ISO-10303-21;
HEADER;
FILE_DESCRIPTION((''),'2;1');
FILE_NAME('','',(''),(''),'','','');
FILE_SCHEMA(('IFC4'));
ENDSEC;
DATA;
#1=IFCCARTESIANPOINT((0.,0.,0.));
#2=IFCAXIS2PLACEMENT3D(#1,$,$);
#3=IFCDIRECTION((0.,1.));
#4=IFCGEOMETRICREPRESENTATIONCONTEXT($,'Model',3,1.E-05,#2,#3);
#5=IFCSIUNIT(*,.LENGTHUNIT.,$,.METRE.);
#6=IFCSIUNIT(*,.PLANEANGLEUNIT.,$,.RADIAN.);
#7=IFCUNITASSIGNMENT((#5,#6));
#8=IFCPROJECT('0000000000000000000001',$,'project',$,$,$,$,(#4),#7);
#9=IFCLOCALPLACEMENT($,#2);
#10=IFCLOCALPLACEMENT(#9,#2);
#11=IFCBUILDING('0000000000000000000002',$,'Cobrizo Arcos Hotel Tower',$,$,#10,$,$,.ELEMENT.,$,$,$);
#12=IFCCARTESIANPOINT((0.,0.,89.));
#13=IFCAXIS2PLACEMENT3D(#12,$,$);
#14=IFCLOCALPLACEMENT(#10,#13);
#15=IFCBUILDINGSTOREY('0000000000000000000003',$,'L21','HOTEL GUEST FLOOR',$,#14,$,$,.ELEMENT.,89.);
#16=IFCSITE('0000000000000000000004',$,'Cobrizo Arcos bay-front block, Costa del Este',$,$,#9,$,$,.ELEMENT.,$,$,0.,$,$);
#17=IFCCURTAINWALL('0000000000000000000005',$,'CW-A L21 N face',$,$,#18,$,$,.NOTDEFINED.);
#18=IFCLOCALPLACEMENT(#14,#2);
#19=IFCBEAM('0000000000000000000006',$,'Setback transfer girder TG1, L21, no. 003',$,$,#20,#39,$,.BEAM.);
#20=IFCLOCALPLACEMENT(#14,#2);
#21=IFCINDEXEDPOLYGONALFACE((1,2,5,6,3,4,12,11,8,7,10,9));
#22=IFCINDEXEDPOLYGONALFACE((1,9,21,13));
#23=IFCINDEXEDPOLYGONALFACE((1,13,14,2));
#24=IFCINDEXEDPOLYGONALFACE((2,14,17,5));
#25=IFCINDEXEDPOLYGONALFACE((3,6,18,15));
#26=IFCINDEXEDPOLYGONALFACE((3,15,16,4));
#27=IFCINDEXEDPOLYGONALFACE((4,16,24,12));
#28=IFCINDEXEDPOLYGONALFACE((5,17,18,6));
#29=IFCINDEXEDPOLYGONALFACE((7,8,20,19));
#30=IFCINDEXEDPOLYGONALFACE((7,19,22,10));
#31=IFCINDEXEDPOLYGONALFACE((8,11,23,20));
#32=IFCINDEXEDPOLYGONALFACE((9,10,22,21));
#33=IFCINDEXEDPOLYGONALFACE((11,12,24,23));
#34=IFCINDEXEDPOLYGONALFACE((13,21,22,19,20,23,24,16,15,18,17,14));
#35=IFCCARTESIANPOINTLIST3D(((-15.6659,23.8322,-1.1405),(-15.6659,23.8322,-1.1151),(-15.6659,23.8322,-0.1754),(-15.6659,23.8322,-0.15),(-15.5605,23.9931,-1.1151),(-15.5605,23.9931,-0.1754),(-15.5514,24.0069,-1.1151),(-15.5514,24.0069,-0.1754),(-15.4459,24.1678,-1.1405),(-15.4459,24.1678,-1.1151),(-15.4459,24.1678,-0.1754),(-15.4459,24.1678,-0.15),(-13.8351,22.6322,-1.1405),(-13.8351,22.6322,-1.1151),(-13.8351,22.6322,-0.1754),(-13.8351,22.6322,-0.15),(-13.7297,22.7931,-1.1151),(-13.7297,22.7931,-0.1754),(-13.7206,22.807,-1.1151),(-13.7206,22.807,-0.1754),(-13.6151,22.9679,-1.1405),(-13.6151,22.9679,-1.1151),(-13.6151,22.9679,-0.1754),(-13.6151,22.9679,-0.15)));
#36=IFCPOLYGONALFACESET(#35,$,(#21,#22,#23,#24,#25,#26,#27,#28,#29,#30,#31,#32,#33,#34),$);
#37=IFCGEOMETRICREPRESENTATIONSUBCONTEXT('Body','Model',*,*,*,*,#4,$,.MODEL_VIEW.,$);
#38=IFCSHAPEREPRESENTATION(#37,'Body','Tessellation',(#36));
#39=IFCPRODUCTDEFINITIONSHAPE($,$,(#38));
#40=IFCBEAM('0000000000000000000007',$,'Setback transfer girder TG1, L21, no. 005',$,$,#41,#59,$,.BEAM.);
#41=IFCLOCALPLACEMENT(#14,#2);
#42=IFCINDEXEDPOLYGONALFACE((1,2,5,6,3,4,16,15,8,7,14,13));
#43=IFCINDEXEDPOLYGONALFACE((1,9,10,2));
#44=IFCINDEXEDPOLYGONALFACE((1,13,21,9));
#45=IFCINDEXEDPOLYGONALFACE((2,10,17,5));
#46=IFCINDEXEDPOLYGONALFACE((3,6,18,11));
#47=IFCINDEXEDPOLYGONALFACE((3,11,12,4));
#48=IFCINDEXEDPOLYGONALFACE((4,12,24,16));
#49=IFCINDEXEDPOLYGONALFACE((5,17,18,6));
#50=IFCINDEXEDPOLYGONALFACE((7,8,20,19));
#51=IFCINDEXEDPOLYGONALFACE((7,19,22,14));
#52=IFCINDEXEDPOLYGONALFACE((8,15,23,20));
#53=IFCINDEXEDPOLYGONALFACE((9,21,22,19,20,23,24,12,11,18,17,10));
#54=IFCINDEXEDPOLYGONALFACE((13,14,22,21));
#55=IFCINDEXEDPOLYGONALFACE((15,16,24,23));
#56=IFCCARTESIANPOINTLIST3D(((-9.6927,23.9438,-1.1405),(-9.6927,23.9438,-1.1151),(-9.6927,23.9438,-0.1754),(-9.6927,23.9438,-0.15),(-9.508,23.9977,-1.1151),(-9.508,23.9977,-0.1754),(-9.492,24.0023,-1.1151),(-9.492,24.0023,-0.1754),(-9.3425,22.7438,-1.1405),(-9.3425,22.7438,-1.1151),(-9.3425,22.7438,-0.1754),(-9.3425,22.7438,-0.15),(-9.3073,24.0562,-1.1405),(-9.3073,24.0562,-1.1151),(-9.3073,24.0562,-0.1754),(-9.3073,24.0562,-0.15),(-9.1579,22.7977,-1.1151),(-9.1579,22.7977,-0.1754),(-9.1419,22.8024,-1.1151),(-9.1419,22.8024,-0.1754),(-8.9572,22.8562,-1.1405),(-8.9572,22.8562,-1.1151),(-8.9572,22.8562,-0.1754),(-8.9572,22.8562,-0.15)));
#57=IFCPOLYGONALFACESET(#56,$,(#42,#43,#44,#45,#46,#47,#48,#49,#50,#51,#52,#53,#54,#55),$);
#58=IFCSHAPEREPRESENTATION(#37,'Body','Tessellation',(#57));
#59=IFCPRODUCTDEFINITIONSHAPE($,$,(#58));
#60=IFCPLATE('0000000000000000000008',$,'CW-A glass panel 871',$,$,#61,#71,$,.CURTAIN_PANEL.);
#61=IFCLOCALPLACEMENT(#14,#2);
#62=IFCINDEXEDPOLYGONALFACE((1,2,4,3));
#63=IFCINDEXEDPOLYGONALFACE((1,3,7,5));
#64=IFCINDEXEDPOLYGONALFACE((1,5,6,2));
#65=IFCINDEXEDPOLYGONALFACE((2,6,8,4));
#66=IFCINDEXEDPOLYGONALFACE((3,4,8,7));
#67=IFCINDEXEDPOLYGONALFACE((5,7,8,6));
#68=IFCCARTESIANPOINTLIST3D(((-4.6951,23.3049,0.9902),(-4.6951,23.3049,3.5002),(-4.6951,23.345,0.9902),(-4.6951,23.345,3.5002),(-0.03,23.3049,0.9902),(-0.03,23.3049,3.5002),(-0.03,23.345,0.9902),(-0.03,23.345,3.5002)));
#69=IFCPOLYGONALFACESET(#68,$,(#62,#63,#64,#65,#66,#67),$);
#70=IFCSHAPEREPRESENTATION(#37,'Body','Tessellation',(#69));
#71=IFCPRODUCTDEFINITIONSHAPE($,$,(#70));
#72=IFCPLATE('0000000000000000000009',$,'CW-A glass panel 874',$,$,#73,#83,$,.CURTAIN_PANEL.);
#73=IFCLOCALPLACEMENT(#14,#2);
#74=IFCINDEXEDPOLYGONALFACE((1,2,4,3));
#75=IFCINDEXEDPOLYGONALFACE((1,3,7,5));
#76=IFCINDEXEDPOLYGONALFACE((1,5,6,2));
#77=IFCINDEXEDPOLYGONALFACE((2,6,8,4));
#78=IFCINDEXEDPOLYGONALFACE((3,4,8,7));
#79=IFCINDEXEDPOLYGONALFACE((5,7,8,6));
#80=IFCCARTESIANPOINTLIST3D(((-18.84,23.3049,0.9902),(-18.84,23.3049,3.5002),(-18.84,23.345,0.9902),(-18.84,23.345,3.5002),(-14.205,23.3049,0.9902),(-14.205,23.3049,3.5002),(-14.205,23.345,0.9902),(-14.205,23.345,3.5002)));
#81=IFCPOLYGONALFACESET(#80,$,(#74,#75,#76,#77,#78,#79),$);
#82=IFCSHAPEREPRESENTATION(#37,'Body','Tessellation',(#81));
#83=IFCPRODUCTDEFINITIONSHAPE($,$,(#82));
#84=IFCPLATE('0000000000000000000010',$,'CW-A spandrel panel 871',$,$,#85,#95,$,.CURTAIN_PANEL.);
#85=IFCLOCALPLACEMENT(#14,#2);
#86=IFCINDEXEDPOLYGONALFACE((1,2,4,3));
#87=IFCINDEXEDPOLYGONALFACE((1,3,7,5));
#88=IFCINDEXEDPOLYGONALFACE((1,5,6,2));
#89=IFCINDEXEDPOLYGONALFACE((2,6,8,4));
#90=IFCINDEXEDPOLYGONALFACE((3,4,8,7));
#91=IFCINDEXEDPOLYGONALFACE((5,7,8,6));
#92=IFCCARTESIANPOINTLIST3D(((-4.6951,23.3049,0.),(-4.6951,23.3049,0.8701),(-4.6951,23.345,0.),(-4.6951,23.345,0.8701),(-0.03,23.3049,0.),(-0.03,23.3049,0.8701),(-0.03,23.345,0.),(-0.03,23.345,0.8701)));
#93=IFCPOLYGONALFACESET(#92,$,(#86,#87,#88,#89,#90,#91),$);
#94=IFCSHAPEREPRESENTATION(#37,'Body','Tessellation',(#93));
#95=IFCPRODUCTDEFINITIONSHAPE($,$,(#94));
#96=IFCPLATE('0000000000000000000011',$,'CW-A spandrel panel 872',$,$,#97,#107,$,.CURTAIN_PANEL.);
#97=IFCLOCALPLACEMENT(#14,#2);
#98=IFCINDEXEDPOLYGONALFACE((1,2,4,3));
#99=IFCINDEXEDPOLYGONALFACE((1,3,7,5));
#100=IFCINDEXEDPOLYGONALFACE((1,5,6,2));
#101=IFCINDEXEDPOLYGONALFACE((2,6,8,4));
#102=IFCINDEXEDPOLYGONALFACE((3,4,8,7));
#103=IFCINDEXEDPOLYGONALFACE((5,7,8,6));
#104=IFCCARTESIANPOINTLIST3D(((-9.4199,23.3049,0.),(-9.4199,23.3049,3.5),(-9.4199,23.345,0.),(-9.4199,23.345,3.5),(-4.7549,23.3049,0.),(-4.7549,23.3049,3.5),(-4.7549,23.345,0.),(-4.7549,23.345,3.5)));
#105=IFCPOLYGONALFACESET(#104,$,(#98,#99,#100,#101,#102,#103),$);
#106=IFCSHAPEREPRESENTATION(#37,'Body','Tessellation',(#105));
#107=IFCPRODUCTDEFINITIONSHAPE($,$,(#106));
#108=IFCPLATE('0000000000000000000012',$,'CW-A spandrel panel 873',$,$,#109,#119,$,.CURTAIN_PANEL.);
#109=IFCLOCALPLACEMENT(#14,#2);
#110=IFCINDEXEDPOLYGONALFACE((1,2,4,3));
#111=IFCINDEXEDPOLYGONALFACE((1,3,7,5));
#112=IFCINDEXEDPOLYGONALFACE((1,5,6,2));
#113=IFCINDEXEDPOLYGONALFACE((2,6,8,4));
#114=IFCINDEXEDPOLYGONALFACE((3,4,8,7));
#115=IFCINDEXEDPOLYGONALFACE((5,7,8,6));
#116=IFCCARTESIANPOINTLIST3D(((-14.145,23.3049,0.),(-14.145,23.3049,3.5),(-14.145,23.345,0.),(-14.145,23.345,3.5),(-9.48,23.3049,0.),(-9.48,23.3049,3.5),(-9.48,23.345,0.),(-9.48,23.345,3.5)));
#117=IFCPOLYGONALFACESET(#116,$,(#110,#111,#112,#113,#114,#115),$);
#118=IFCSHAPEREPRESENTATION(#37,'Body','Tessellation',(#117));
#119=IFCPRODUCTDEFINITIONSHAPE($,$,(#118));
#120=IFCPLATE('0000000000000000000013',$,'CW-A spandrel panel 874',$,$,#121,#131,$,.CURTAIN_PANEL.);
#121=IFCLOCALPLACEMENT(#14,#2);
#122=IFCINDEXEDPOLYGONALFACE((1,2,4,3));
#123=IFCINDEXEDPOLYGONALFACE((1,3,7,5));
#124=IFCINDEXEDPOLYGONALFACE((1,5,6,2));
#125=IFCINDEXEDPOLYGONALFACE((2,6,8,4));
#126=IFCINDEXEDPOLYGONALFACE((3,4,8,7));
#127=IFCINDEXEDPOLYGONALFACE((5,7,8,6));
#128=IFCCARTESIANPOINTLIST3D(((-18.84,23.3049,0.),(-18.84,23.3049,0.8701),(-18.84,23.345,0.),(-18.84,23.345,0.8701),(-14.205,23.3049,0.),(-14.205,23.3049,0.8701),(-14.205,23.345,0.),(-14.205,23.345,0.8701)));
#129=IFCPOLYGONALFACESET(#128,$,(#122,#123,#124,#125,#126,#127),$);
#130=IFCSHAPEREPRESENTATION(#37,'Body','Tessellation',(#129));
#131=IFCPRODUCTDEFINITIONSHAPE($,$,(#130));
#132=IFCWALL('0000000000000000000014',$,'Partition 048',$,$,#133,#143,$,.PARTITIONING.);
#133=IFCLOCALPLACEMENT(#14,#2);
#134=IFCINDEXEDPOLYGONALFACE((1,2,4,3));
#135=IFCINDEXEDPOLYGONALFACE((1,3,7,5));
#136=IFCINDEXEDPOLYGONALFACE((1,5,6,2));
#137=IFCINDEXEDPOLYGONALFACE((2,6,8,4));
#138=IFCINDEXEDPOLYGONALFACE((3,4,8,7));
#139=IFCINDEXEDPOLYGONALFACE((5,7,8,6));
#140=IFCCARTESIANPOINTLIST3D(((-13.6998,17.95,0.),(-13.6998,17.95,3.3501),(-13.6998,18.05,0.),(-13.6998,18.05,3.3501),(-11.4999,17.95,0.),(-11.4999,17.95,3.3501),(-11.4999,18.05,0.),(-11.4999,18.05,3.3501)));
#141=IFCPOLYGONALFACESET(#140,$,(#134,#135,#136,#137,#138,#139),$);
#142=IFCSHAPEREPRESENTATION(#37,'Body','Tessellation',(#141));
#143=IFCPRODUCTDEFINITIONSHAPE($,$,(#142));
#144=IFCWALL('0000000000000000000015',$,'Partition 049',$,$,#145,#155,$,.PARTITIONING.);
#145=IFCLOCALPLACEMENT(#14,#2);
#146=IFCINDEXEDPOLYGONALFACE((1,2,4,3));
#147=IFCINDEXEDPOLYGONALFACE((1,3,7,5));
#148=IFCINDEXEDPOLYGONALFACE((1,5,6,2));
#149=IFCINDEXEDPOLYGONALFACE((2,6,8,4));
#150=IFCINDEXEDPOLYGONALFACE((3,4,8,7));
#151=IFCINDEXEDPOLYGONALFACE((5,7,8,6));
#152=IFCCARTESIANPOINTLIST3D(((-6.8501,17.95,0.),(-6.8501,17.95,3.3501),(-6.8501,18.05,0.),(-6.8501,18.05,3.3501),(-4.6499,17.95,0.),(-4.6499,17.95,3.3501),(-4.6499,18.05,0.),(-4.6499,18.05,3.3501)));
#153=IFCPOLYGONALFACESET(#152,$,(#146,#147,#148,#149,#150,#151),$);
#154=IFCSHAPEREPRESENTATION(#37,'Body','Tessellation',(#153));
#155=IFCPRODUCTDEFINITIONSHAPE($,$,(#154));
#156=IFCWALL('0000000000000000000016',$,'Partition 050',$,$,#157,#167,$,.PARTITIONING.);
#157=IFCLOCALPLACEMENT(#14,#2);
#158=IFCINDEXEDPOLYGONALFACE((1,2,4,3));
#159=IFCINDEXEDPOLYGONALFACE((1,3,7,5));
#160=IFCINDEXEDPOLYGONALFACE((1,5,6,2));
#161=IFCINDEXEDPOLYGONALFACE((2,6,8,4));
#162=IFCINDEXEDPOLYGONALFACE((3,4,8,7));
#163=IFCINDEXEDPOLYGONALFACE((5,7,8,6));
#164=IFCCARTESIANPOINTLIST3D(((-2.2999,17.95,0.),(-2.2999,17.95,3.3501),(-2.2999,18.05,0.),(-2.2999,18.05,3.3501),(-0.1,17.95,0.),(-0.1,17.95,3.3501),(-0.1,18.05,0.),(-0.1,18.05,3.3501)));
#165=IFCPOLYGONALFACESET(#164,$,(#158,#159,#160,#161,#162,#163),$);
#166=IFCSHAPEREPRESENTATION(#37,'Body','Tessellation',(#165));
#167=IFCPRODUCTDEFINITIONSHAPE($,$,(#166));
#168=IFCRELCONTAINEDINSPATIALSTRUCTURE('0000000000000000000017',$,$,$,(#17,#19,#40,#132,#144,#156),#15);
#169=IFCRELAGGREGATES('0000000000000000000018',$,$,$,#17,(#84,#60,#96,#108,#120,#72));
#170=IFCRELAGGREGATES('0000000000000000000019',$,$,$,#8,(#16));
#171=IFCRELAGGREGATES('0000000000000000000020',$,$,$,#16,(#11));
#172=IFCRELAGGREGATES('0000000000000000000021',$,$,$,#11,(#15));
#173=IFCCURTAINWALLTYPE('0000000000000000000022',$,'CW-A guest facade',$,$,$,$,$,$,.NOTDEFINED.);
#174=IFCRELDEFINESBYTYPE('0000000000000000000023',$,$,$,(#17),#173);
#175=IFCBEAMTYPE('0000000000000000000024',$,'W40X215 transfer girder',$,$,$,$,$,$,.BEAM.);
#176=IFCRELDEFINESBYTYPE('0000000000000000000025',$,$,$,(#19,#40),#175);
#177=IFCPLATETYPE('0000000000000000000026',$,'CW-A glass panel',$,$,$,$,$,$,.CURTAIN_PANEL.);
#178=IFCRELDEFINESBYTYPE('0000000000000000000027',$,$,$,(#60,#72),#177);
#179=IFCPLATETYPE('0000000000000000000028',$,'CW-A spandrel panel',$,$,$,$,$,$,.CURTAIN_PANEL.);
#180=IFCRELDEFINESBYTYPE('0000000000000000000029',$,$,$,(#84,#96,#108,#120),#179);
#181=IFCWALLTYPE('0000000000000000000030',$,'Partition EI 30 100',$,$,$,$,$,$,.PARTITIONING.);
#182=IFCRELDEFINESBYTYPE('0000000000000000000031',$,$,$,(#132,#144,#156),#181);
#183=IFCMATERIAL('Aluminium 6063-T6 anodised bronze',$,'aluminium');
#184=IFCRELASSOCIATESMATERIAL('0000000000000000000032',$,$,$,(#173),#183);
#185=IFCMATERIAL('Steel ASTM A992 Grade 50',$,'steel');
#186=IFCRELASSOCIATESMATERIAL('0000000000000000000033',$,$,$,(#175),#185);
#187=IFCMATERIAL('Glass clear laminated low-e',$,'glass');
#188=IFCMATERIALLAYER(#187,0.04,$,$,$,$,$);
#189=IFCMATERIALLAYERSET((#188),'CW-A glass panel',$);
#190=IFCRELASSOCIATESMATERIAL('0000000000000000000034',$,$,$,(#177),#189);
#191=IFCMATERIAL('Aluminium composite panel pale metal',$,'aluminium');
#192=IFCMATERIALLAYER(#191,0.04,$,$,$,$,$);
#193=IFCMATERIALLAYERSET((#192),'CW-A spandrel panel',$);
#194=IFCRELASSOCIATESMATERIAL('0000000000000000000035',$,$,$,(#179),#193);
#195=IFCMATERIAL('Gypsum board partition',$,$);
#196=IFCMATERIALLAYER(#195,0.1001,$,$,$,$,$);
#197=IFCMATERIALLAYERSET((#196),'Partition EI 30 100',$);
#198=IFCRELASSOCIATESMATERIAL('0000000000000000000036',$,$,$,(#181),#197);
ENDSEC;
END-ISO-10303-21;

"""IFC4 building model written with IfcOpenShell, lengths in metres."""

from ifc_helpers import new_model, si_unit, direction, frame, frame_2d, origin, origin_2d, place, context, subcontext, project, spatial, rectangle, i_section, extrude, material, layer, layer_set, material_profile, profile_set, type_object, element, aggregate, save


model = new_model("IFC4")

# Units and contexts
model_context = context("Model", 3, precision=1e-05, world=origin(), true_north=direction((0.0, 1.0)))
body_context = subcontext(model_context, "Body", "Model", "MODEL_VIEW")
ifc_project = project(units=[si_unit("LENGTHUNIT", "METRE"), si_unit("PLANEANGLEUNIT", "RADIAN")], contexts=[model_context])

# Site, building, storey
site_placement = place(None, origin())
site = spatial("IfcSite", under=ifc_project, at=site_placement, Name="Cobrizo Arcos bay-front block, Costa del Este", CompositionType="ELEMENT", RefElevation=0.0)
building_placement = place(site_placement, origin())
building = spatial("IfcBuilding", under=site, at=building_placement, Name="Cobrizo Arcos Hotel Tower", CompositionType="ELEMENT")
storey_placement = place(building_placement, frame((0.0, 0.0, 89.0)))
storey = spatial("IfcBuildingStorey", under=building, at=storey_placement, Name="L21", Description="HOTEL GUEST FLOOR", CompositionType="ELEMENT", Elevation=89.0)

# Curtain wall
ifc_material_1 = material(Name="Aluminium 6063-T6 anodised bronze", Category="aluminium")
curtain_wall_type = type_object("IfcCurtainWallType", Name="CW-A guest facade", PredefinedType="NOTDEFINED", material=ifc_material_1)
curtain_wall_placement = place(storey_placement, origin())
curtain_wall = element("IfcCurtainWall", 1, at=curtain_wall_placement, inside=storey, type_object=curtain_wall_type, Name="CW-A L21 N face", PredefinedType="NOTDEFINED")

# Beams
ifc_material_2 = material(Name="Steel ASTM A992 Grade 50", Category="steel")
ifc_material_profile_1 = material_profile(ifc_material_2, i_section(OverallWidth=0.4014, OverallDepth=0.9905, WebThickness=0.0166, FlangeThickness=0.0254, at=origin_2d()), Name="W40X215")
ifc_profile_set_1 = profile_set([ifc_material_profile_1], Name="Steel ASTM A992 Grade 50")
beam_type_1 = type_object("IfcBeamType", Name="W40X215 transfer girder", PredefinedType="BEAM", material=ifc_profile_set_1)
beam_1_placement = place(storey_placement, frame((-15.5559, 24.0, -0.6453), z_axis=(0.836366, -0.548172, 0.0), x_axis=(0.548172, 0.836366, 0.0)))
element("IfcBeam", 2, at=beam_1_placement, inside=storey, type_object=beam_type_1, Name="Setback transfer girder TG1, L21, no. 003", PredefinedType="BEAM", context=body_context, shape_type="SweptSolid", body=[
    extrude(i_section(OverallWidth=0.4014, OverallDepth=0.9905, WebThickness=0.0166, FlangeThickness=0.0254, at=origin_2d()), origin(), (0.0, 0.0, 1.0), 2.189),
])
beam_2_placement = place(storey_placement, frame((-9.5, 24.0, -0.6453), z_axis=(0.280083, -0.959976, 0.0), x_axis=(0.959976, 0.280083, 0.0)))
element("IfcBeam", 3, at=beam_2_placement, inside=storey, type_object=beam_type_1, Name="Setback transfer girder TG1, L21, no. 005", PredefinedType="BEAM", context=body_context, shape_type="SweptSolid", body=[
    extrude(i_section(OverallWidth=0.4014, OverallDepth=0.9905, WebThickness=0.0166, FlangeThickness=0.0254, at=origin_2d()), origin(), (0.0, 0.0, 1.0), 1.25),
])

# Plates
ifc_material_3 = material(Name="Glass clear laminated low-e", Category="glass")
ifc_layer_1 = layer(ifc_material_3, 0.04)
ifc_layer_set_1 = layer_set([ifc_layer_1], Name="CW-A glass panel")
plate_type_1 = type_object("IfcPlateType", Name="CW-A glass panel", PredefinedType="CURTAIN_PANEL", material=ifc_layer_set_1)
plate_1_placement = place(storey_placement, frame((-2.3625, 23.325, 0.9902), z_axis=(0.0, 0.0, 1.0), x_axis=(-1.0, 0.0, 0.0)))
plate_1 = element("IfcPlate", 4, at=plate_1_placement, type_object=plate_type_1, Name="CW-A glass panel 871", PredefinedType="CURTAIN_PANEL", context=body_context, shape_type="SweptSolid", body=[
    extrude(rectangle(XDim=4.665, YDim=0.04, at=origin_2d()), origin(), (0.0, 0.0, 1.0), 2.51),
])
plate_2_placement = place(storey_placement, frame((-16.5225, 23.325, 0.9902), z_axis=(0.0, 0.0, 1.0), x_axis=(-1.0, 0.0, 0.0)))
plate_2 = element("IfcPlate", 5, at=plate_2_placement, type_object=plate_type_1, Name="CW-A glass panel 874", PredefinedType="CURTAIN_PANEL", context=body_context, shape_type="SweptSolid", body=[
    extrude(rectangle(XDim=4.635, YDim=0.04, at=origin_2d()), origin(), (0.0, 0.0, 1.0), 2.51),
])
ifc_material_4 = material(Name="Aluminium composite panel pale metal", Category="aluminium")
ifc_layer_2 = layer(ifc_material_4, 0.04)
ifc_layer_set_2 = layer_set([ifc_layer_2], Name="CW-A spandrel panel")
plate_type_2 = type_object("IfcPlateType", Name="CW-A spandrel panel", PredefinedType="CURTAIN_PANEL", material=ifc_layer_set_2)
plate_3_placement = place(storey_placement, frame((-2.3625, 23.325, 0.0), z_axis=(0.0, 0.0, 1.0), x_axis=(-1.0, 0.0, 0.0)))
plate_3 = element("IfcPlate", 6, at=plate_3_placement, type_object=plate_type_2, Name="CW-A spandrel panel 871", PredefinedType="CURTAIN_PANEL", context=body_context, shape_type="SweptSolid", body=[
    extrude(rectangle(XDim=4.665, YDim=0.04, at=origin_2d()), origin(), (0.0, 0.0, 1.0), 0.8701),
])
plate_4_placement = place(storey_placement, frame((-7.0874, 23.325, 0.0), z_axis=(0.0, 0.0, 1.0), x_axis=(-1.0, 0.0, 0.0)))
plate_4 = element("IfcPlate", 7, at=plate_4_placement, type_object=plate_type_2, Name="CW-A spandrel panel 872", PredefinedType="CURTAIN_PANEL", context=body_context, shape_type="SweptSolid", body=[
    extrude(rectangle(XDim=4.665, YDim=0.04, at=origin_2d()), origin(), (0.0, 0.0, 1.0), 3.5),
])
plate_5_placement = place(storey_placement, frame((-11.8125, 23.325, 0.0), z_axis=(0.0, 0.0, 1.0), x_axis=(-1.0, 0.0, 0.0)))
plate_5 = element("IfcPlate", 8, at=plate_5_placement, type_object=plate_type_2, Name="CW-A spandrel panel 873", PredefinedType="CURTAIN_PANEL", context=body_context, shape_type="SweptSolid", body=[
    extrude(rectangle(XDim=4.665, YDim=0.04, at=origin_2d()), origin(), (0.0, 0.0, 1.0), 3.5),
])
plate_6_placement = place(storey_placement, frame((-16.5225, 23.325, 0.0), z_axis=(0.0, 0.0, 1.0), x_axis=(-1.0, 0.0, 0.0)))
plate_6 = element("IfcPlate", 9, at=plate_6_placement, type_object=plate_type_2, Name="CW-A spandrel panel 874", PredefinedType="CURTAIN_PANEL", context=body_context, shape_type="SweptSolid", body=[
    extrude(rectangle(XDim=4.635, YDim=0.04, at=origin_2d()), origin(), (0.0, 0.0, 1.0), 0.8701),
])
aggregate(curtain_wall, [plate_3, plate_1, plate_4, plate_5, plate_6, plate_2])

# Walls
ifc_material_5 = material(Name="Gypsum board partition")
ifc_layer_3 = layer(ifc_material_5, 0.1001)
ifc_layer_set_3 = layer_set([ifc_layer_3], Name="Partition EI 30 100")
wall_type = type_object("IfcWallType", Name="Partition EI 30 100", PredefinedType="PARTITIONING", material=ifc_layer_set_3)
wall_1_placement = place(storey_placement, frame((-13.7, 18.0, 0.0), z_axis=(0.0, 0.0, 1.0), x_axis=(1.0, 0.0, 0.0)))
element("IfcWall", 10, at=wall_1_placement, inside=storey, type_object=wall_type, Name="Partition 048", PredefinedType="PARTITIONING", context=body_context, shape_type="SweptSolid", body=[
    extrude(rectangle(XDim=2.2, YDim=0.1001, at=frame_2d((1.1001, 0.0))), origin(), (0.0, 0.0, 1.0), 3.3501),
])
wall_2_placement = place(storey_placement, frame((-6.8501, 18.0, 0.0), z_axis=(0.0, 0.0, 1.0), x_axis=(1.0, 0.0, 0.0)))
element("IfcWall", 11, at=wall_2_placement, inside=storey, type_object=wall_type, Name="Partition 049", PredefinedType="PARTITIONING", context=body_context, shape_type="SweptSolid", body=[
    extrude(rectangle(XDim=2.2002, YDim=0.1001, at=frame_2d((1.1001, 0.0))), origin(), (0.0, 0.0, 1.0), 3.3501),
])
wall_3_placement = place(storey_placement, frame((-2.3, 18.0, 0.0), z_axis=(0.0, 0.0, 1.0), x_axis=(1.0, 0.0, 0.0)))
element("IfcWall", 12, at=wall_3_placement, inside=storey, type_object=wall_type, Name="Partition 050", PredefinedType="PARTITIONING", context=body_context, shape_type="SweptSolid", body=[
    extrude(rectangle(XDim=2.2, YDim=0.1001, at=frame_2d((1.1001, 0.0))), origin(), (0.0, 0.0, 1.0), 3.3501),
])

save(model, "model.ifc")
